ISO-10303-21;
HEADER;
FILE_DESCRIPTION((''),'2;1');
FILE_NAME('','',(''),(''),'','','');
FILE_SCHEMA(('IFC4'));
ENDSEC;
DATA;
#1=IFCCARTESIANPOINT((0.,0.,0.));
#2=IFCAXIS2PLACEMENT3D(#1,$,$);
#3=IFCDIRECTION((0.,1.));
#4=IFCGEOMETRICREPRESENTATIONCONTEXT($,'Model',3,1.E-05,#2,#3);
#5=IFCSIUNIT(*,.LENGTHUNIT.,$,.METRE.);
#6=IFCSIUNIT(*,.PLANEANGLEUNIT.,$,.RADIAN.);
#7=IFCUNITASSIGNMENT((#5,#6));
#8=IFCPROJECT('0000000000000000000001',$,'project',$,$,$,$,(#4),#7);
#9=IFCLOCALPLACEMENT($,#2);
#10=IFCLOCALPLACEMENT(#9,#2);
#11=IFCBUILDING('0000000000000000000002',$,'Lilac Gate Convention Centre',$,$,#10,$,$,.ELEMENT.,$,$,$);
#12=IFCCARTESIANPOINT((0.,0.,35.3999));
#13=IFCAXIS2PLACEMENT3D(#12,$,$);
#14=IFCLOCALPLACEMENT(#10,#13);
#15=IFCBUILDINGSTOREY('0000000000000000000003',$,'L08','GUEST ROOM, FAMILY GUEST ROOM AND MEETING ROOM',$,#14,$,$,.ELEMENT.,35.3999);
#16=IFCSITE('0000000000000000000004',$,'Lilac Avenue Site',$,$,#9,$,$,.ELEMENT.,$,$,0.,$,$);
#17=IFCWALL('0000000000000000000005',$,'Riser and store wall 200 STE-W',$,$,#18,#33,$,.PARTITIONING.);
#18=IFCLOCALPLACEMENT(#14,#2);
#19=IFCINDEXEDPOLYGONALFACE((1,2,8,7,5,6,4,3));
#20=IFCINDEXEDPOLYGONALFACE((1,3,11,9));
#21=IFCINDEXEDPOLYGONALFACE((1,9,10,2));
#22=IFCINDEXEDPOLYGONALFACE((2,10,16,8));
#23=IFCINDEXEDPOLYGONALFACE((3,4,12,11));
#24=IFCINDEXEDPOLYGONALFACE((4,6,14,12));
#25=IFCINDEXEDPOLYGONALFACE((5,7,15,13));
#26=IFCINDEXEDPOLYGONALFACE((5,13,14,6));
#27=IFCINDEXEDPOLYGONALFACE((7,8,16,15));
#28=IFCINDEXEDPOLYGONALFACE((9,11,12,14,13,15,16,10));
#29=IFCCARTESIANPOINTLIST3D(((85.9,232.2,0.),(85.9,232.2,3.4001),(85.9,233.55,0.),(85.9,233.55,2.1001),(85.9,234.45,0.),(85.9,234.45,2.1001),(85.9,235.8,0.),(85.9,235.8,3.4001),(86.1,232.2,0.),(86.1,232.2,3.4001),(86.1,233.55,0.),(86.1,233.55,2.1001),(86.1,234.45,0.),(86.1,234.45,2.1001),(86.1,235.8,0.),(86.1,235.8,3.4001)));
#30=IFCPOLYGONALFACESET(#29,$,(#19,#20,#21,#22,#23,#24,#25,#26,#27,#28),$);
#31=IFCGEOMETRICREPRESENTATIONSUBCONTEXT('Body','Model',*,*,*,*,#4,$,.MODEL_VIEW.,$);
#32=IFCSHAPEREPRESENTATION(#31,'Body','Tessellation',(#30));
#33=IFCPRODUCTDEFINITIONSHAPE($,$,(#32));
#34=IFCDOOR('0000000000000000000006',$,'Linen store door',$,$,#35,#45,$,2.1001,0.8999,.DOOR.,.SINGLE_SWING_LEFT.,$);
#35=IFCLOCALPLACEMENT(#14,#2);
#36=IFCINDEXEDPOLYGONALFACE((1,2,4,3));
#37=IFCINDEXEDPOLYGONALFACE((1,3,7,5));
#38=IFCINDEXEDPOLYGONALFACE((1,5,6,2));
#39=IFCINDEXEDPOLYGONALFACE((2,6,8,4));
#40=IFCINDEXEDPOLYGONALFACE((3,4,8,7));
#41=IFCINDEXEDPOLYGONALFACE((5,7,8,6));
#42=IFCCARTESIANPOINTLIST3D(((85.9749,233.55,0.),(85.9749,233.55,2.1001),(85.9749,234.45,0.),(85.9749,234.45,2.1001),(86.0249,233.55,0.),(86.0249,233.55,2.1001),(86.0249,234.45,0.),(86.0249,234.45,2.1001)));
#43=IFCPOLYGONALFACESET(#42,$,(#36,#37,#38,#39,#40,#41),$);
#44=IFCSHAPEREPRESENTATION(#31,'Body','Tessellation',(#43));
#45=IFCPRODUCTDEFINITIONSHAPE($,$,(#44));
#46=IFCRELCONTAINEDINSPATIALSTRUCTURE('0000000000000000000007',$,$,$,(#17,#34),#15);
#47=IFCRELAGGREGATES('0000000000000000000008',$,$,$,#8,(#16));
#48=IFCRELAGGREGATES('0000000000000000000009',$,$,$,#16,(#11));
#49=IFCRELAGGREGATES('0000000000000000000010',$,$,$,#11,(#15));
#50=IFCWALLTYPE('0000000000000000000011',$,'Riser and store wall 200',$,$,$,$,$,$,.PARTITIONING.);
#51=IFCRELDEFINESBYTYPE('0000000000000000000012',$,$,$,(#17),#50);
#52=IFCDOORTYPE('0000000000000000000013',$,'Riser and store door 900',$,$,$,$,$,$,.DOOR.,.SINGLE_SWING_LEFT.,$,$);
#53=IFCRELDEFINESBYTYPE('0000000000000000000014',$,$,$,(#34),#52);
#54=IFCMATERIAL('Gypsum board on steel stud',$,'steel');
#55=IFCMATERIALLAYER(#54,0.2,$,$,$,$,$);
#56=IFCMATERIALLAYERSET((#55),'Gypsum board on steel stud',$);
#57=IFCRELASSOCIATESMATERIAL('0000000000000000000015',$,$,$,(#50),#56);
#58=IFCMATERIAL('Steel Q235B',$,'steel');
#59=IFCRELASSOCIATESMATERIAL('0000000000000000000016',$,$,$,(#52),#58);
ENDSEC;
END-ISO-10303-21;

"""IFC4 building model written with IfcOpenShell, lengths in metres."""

from ifc_helpers import new_model, si_unit, direction, frame, frame_2d, origin, place, context, subcontext, project, spatial, rectangle, extrude, material, layer, layer_set, type_object, element, fill, save


model = new_model("IFC4")

# Units and contexts
model_context = context("Model", 3, precision=1e-05, world=origin(), true_north=direction((0.0, 1.0)))
body_context = subcontext(model_context, "Body", "Model", "MODEL_VIEW")
ifc_project = project(units=[si_unit("LENGTHUNIT", "METRE"), si_unit("PLANEANGLEUNIT", "RADIAN")], contexts=[model_context])

# Site, building, storey
site_placement = place(None, origin())
site = spatial("IfcSite", under=ifc_project, at=site_placement, Name="Lilac Avenue Site", CompositionType="ELEMENT", RefElevation=0.0)
building_placement = place(site_placement, origin())
building = spatial("IfcBuilding", under=site, at=building_placement, Name="Lilac Gate Convention Centre", CompositionType="ELEMENT")
storey_placement = place(building_placement, frame((0.0, 0.0, 35.3999)))
storey = spatial("IfcBuildingStorey", under=building, at=storey_placement, Name="L08", Description="GUEST ROOM, FAMILY GUEST ROOM AND MEETING ROOM", CompositionType="ELEMENT", Elevation=35.3999)

# Shared definitions
ifc_material_1 = material(Name="Gypsum board on steel stud", Category="steel")

# Shared definitions
ifc_layer_1 = layer(ifc_material_1, 0.2)
ifc_layer_set_1 = layer_set([ifc_layer_1], Name="Gypsum board on steel stud")
wall_type_1 = type_object("IfcWallType", Name="Riser and store wall 200", PredefinedType="PARTITIONING", material=ifc_layer_set_1)

# Wall, opening, door
wall_1_placement = place(storey_placement, frame((86.0, 235.8, 0.0), z_axis=(0.0, 0.0, 1.0), x_axis=(0.0, -1.0, 0.0)))
wall_1 = element("IfcWall", 1, at=wall_1_placement, inside=storey, type_object=wall_type_1, Name="Riser and store wall 200 STE-W", PredefinedType="PARTITIONING", context=body_context, shape_type="SweptSolid", body=[
    extrude(rectangle(XDim=3.6001, YDim=0.2, at=frame_2d((1.8, 0.0))), origin(), (0.0, 0.0, 1.0), 3.4001),
])
opening_1_placement = place(wall_1_placement, frame((1.3501, 0.0, 0.0)))
opening_1 = element("IfcOpeningElement", 2, at=opening_1_placement, cuts=wall_1, PredefinedType="OPENING", context=body_context, shape_type="SweptSolid", body=[
    extrude(rectangle(XDim=0.8999, YDim=2.1001, at=frame_2d((0.45, 1.05))), frame((0.0, 0.1099, 0.0), z_axis=(0.0, -1.0, 0.0), x_axis=(1.0, 0.0, 0.0)), (0.0, 0.0, 1.0), 0.22),
])
ifc_material_2 = material(Name="Steel Q235B", Category="steel")
door_type_1 = type_object("IfcDoorType", Name="Riser and store door 900", OperationType="SINGLE_SWING_LEFT", PredefinedType="DOOR", material=ifc_material_2)
door_1_placement = place(opening_1_placement, origin())
door_1 = element("IfcDoor", 3, at=door_1_placement, inside=storey, type_object=door_type_1, Name="Linen store door", OperationType="SINGLE_SWING_LEFT", OverallHeight=2.1001, OverallWidth=0.8999, PredefinedType="DOOR", context=body_context, shape_type="SweptSolid", body=[
    extrude(rectangle(XDim=0.8999, YDim=2.1001, at=frame_2d((0.45, 1.05))), frame((0.0, 0.0249, 0.0), z_axis=(0.0, -1.0, 0.0), x_axis=(1.0, 0.0, 0.0)), (0.0, 0.0, 1.0), 0.05),
])
fill(opening_1, door_1)

save(model, "model.ifc")
